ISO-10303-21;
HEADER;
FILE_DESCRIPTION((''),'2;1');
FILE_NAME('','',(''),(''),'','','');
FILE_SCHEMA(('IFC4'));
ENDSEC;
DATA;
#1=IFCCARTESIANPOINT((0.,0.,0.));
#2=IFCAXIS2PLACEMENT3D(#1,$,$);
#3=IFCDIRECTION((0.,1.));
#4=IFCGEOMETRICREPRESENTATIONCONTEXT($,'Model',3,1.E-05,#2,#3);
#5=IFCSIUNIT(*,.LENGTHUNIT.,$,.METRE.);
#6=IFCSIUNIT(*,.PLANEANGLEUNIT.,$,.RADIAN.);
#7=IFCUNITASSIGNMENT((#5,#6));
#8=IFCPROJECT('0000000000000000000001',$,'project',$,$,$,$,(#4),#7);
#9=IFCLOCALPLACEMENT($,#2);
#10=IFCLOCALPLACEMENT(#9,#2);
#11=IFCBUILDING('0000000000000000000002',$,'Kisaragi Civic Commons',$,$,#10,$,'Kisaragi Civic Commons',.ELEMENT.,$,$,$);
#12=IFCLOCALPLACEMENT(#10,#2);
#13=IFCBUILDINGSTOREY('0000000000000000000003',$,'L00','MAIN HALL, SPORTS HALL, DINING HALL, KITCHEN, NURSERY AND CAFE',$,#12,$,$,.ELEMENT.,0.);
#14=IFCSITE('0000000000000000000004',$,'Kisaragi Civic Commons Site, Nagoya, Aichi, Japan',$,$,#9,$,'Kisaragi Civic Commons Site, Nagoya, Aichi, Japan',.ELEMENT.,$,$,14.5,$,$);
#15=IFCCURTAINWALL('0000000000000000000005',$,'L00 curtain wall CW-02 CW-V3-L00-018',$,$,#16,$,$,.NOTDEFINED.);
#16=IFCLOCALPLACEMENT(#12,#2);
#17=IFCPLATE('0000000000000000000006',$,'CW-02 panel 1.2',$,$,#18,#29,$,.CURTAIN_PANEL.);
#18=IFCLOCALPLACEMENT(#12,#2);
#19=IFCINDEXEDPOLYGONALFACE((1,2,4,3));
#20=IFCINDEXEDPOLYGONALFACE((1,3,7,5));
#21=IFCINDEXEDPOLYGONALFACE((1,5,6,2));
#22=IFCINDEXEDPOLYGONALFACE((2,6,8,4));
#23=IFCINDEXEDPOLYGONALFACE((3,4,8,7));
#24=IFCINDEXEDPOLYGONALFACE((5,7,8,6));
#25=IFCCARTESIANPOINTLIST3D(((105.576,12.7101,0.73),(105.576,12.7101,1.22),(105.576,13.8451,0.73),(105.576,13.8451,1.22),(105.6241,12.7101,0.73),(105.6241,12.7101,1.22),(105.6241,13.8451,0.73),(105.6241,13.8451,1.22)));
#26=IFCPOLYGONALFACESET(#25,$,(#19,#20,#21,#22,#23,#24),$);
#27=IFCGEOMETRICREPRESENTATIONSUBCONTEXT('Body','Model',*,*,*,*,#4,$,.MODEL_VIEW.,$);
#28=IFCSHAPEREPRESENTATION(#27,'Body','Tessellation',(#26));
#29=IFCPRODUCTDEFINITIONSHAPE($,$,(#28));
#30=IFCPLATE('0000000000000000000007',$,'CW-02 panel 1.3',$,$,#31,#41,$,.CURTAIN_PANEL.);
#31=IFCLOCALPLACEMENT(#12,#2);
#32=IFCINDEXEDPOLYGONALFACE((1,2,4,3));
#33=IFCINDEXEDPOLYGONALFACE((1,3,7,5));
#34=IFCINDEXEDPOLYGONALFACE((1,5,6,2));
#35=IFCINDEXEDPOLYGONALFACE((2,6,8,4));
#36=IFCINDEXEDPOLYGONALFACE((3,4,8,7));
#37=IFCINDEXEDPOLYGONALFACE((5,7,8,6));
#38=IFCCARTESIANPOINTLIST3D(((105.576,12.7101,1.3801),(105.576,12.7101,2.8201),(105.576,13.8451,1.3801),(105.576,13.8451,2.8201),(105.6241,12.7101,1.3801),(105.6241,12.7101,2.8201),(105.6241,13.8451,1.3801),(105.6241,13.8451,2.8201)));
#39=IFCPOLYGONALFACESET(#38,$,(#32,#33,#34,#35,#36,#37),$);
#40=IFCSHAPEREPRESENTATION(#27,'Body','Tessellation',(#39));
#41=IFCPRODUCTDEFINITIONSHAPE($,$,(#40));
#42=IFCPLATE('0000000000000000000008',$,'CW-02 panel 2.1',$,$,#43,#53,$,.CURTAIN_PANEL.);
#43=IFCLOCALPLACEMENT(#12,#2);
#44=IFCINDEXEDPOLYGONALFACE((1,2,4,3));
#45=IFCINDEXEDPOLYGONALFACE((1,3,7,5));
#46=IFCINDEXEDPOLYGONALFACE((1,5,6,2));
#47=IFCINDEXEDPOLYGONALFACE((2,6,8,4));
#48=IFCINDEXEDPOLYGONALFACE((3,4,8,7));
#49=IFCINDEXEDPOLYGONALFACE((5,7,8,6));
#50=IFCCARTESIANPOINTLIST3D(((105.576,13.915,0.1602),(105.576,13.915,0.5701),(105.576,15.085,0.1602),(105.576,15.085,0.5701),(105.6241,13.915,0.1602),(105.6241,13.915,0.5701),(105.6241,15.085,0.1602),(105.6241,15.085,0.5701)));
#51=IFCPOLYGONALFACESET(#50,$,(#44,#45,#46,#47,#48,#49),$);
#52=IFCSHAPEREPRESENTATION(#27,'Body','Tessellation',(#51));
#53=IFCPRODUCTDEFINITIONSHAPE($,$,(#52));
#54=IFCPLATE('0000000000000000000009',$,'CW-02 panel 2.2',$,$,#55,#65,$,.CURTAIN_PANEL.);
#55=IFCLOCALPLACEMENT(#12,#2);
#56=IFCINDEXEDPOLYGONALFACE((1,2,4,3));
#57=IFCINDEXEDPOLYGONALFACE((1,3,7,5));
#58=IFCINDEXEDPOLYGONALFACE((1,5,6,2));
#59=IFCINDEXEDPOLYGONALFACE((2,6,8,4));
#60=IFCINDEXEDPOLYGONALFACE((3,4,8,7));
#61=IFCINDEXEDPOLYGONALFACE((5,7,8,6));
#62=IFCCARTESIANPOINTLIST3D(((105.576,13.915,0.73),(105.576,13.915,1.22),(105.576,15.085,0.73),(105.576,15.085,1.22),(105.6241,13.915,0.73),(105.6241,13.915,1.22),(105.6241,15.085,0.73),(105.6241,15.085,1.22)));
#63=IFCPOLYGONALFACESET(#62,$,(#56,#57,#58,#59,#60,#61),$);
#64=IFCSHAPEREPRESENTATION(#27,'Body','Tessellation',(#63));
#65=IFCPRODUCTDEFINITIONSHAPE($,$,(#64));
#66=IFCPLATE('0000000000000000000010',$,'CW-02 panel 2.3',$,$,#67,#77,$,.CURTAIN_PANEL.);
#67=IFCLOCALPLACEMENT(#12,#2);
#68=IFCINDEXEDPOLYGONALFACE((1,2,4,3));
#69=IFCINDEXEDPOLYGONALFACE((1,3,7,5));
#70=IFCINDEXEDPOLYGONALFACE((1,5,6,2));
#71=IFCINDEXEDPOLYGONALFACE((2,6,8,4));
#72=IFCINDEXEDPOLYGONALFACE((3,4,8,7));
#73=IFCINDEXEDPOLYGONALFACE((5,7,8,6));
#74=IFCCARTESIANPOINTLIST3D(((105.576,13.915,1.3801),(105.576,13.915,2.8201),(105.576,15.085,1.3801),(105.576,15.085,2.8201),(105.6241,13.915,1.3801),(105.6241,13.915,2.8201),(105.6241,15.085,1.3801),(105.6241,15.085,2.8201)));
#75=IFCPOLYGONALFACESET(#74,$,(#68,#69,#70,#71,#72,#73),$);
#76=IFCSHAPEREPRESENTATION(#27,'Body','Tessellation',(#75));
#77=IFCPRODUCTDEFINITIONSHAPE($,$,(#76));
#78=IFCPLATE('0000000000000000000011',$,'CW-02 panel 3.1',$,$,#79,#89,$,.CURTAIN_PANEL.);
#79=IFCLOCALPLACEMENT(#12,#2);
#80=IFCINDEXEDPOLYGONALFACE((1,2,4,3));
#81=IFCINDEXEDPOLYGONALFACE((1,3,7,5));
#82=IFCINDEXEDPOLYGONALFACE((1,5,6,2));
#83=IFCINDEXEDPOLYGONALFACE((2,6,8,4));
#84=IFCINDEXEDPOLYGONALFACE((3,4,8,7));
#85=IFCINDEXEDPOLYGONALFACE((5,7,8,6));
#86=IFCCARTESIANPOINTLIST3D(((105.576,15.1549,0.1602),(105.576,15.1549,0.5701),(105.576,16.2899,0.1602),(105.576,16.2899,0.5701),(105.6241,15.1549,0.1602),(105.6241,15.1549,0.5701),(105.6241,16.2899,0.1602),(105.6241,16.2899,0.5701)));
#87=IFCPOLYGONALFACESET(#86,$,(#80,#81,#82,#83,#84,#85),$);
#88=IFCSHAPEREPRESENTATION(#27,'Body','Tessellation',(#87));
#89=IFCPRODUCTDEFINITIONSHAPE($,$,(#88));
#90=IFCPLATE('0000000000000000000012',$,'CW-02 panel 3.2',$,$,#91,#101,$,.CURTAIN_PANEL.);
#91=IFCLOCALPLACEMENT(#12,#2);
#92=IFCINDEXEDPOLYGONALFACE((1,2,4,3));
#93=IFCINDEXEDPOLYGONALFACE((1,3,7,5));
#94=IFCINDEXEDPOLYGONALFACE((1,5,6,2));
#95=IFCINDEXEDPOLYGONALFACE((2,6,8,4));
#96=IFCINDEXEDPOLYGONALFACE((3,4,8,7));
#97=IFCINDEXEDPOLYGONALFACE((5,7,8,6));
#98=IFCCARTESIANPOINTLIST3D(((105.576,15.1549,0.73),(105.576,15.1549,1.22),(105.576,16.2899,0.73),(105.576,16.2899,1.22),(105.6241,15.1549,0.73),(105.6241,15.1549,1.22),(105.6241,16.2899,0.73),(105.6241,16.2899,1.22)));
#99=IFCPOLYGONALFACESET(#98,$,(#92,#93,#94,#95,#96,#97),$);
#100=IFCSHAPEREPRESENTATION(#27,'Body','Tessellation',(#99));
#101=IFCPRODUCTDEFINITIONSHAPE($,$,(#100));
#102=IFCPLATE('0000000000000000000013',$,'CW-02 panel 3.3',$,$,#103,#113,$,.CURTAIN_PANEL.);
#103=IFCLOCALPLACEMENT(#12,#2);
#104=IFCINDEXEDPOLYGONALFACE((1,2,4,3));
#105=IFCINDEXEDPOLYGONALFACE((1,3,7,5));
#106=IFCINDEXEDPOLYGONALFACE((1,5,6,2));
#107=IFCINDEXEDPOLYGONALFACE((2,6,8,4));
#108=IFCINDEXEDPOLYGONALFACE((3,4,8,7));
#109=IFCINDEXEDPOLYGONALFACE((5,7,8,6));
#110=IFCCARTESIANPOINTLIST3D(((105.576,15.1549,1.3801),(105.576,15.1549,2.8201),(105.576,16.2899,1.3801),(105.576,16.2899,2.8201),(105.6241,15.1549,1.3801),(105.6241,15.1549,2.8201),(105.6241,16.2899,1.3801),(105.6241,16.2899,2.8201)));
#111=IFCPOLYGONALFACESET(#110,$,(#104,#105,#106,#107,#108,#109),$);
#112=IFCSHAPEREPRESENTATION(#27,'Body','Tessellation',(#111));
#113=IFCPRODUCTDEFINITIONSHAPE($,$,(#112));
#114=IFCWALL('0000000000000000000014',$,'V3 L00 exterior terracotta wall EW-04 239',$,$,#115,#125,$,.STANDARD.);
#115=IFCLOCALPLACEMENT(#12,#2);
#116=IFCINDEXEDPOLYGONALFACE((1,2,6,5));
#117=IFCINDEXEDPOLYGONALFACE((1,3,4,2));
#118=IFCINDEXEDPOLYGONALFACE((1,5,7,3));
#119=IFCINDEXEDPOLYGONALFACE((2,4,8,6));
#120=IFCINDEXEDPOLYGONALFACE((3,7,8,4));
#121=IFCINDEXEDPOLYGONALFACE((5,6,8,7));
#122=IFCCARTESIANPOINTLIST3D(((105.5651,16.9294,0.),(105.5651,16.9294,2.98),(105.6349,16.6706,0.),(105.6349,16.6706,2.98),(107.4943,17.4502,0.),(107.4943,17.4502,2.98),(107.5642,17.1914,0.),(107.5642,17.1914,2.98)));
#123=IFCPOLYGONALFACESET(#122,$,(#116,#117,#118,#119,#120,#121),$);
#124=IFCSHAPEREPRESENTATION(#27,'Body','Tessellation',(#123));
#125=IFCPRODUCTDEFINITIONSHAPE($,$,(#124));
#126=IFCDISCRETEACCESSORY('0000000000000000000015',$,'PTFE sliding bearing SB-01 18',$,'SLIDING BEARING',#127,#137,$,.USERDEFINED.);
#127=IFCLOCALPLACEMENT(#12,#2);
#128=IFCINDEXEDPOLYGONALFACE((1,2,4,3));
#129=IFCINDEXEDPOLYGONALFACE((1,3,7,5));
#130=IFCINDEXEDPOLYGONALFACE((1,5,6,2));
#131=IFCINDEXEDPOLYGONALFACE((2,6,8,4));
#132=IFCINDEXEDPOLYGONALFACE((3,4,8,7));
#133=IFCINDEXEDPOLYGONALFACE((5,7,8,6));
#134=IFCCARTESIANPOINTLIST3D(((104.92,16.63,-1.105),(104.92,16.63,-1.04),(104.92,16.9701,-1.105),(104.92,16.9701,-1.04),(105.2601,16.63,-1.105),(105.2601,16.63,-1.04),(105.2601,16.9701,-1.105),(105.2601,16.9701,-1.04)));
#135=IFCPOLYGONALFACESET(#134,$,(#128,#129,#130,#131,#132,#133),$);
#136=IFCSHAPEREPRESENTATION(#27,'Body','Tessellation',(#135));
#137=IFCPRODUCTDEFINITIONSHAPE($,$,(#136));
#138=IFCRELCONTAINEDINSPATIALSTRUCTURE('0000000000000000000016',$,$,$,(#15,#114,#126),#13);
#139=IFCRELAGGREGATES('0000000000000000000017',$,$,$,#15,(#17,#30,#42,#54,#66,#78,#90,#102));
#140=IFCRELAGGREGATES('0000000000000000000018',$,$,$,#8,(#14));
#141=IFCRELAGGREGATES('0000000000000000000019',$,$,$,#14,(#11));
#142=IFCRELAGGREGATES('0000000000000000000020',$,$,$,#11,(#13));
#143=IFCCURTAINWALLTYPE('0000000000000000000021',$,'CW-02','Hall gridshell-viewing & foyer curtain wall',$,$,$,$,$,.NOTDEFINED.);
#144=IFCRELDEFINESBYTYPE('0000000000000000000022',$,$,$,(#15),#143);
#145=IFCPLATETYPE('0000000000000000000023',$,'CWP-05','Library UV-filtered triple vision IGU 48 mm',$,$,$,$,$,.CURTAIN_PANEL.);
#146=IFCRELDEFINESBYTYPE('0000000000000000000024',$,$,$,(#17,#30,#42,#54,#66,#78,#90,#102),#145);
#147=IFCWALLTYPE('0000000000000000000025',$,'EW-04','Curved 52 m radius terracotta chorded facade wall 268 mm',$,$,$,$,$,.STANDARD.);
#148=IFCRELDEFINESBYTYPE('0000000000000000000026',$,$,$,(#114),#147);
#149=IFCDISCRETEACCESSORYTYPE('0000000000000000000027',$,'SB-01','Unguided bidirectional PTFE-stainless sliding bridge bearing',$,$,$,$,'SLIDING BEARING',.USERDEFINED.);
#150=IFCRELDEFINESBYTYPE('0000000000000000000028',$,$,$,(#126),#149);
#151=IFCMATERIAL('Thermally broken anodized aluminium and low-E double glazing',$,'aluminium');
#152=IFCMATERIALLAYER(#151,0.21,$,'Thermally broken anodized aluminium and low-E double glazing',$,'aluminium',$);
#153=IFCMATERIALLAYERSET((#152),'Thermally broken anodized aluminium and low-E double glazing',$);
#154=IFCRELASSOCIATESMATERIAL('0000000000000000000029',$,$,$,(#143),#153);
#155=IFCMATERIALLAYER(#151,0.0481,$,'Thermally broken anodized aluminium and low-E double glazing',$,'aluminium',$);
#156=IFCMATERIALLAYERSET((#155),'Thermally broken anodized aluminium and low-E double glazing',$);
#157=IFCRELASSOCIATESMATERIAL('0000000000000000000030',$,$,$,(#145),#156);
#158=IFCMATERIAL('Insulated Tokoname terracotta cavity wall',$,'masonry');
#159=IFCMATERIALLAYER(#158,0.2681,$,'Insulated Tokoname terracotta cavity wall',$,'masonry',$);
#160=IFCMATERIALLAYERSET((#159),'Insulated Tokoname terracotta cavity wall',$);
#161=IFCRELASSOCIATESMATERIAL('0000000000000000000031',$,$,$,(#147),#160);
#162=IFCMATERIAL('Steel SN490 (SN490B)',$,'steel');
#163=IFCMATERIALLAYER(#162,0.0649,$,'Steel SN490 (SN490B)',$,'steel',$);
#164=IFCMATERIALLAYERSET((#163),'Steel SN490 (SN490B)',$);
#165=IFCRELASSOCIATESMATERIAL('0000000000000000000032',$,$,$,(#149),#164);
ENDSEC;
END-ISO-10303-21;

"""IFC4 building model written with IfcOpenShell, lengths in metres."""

from ifc_helpers import new_model, si_unit, direction, frame, frame_2d, origin, origin_2d, place, context, subcontext, project, spatial, rectangle, extrude, material, layer, layer_set, type_object, element, aggregate, save


model = new_model("IFC4")

# Units and contexts
model_context = context("Model", 3, precision=1e-05, world=origin(), true_north=direction((0.0, 1.0)))
body_context = subcontext(model_context, "Body", "Model", "MODEL_VIEW")
ifc_project = project(units=[si_unit("LENGTHUNIT", "METRE"), si_unit("PLANEANGLEUNIT", "RADIAN")], contexts=[model_context])

# Site, building, storey
site_placement = place(None, origin())
site = spatial("IfcSite", under=ifc_project, at=site_placement, Name="Kisaragi Civic Commons Site, Nagoya, Aichi, Japan", LongName="Kisaragi Civic Commons Site, Nagoya, Aichi, Japan", CompositionType="ELEMENT", RefElevation=14.5)
building_placement = place(site_placement, origin())
building = spatial("IfcBuilding", under=site, at=building_placement, Name="Kisaragi Civic Commons", LongName="Kisaragi Civic Commons", CompositionType="ELEMENT")
storey_placement = place(building_placement, origin())
storey = spatial("IfcBuildingStorey", under=building, at=storey_placement, Name="L00", Description="MAIN HALL, SPORTS HALL, DINING HALL, KITCHEN, NURSERY AND CAFE", CompositionType="ELEMENT", Elevation=0.0)

# Curtain wall
ifc_material_1 = material(Name="Thermally broken anodized aluminium and low-E double glazing", Category="aluminium")
ifc_layer_1 = layer(ifc_material_1, 0.21, Name="Thermally broken anodized aluminium and low-E double glazing", Category="aluminium")
ifc_layer_set_1 = layer_set([ifc_layer_1], Name="Thermally broken anodized aluminium and low-E double glazing")
curtain_wall_type = type_object("IfcCurtainWallType", Name="CW-02", Description="Hall gridshell-viewing & foyer curtain wall", PredefinedType="NOTDEFINED", material=ifc_layer_set_1)
curtain_wall_placement = place(storey_placement, origin())
curtain_wall = element("IfcCurtainWall", 1, at=curtain_wall_placement, inside=storey, type_object=curtain_wall_type, Name="L00 curtain wall CW-02 CW-V3-L00-018", PredefinedType="NOTDEFINED")

# Shared definitions
ifc_material_2 = material(Name="Steel SN490 (SN490B)", Category="steel")

# Plates
ifc_layer_2 = layer(ifc_material_1, 0.0481, Name="Thermally broken anodized aluminium and low-E double glazing", Category="aluminium")
ifc_layer_set_2 = layer_set([ifc_layer_2], Name="Thermally broken anodized aluminium and low-E double glazing")
plate_type_1 = type_object("IfcPlateType", Name="CWP-05", Description="Library UV-filtered triple vision IGU 48 mm", PredefinedType="CURTAIN_PANEL", material=ifc_layer_set_2)
plate_1_placement = place(storey_placement, frame((105.6001, 13.2776, 0.73), z_axis=(0.0, 0.0, 1.0), x_axis=(0.0, 1.0, 0.0)))
plate_1 = element("IfcPlate", 2, at=plate_1_placement, type_object=plate_type_1, Name="CW-02 panel 1.2", PredefinedType="CURTAIN_PANEL", context=body_context, shape_type="SweptSolid", body=[
    extrude(rectangle(XDim=1.135, YDim=0.0481, at=origin_2d()), origin(), (0.0, 0.0, 1.0), 0.49),
])
plate_2_placement = place(storey_placement, frame((105.6001, 13.2776, 1.3801), z_axis=(0.0, 0.0, 1.0), x_axis=(0.0, 1.0, 0.0)))
plate_2 = element("IfcPlate", 3, at=plate_2_placement, type_object=plate_type_1, Name="CW-02 panel 1.3", PredefinedType="CURTAIN_PANEL", context=body_context, shape_type="SweptSolid", body=[
    extrude(rectangle(XDim=1.135, YDim=0.0481, at=origin_2d()), origin(), (0.0, 0.0, 1.0), 1.4399),
])
plate_3_placement = place(storey_placement, frame((105.6001, 14.5, 0.1602), z_axis=(0.0, 0.0, 1.0), x_axis=(0.0, 1.0, 0.0)))
plate_3 = element("IfcPlate", 4, at=plate_3_placement, type_object=plate_type_1, Name="CW-02 panel 2.1", PredefinedType="CURTAIN_PANEL", context=body_context, shape_type="SweptSolid", body=[
    extrude(rectangle(XDim=1.1699, YDim=0.0481, at=origin_2d()), origin(), (0.0, 0.0, 1.0), 0.4099),
])
plate_4_placement = place(storey_placement, frame((105.6001, 14.5, 0.73), z_axis=(0.0, 0.0, 1.0), x_axis=(0.0, 1.0, 0.0)))
plate_4 = element("IfcPlate", 5, at=plate_4_placement, type_object=plate_type_1, Name="CW-02 panel 2.2", PredefinedType="CURTAIN_PANEL", context=body_context, shape_type="SweptSolid", body=[
    extrude(rectangle(XDim=1.1699, YDim=0.0481, at=origin_2d()), origin(), (0.0, 0.0, 1.0), 0.49),
])
plate_5_placement = place(storey_placement, frame((105.6001, 14.5, 1.3801), z_axis=(0.0, 0.0, 1.0), x_axis=(0.0, 1.0, 0.0)))
plate_5 = element("IfcPlate", 6, at=plate_5_placement, type_object=plate_type_1, Name="CW-02 panel 2.3", PredefinedType="CURTAIN_PANEL", context=body_context, shape_type="SweptSolid", body=[
    extrude(rectangle(XDim=1.1699, YDim=0.0481, at=origin_2d()), origin(), (0.0, 0.0, 1.0), 1.4399),
])
plate_6_placement = place(storey_placement, frame((105.6001, 15.7224, 0.1602), z_axis=(0.0, 0.0, 1.0), x_axis=(0.0, 1.0, 0.0)))
plate_6 = element("IfcPlate", 7, at=plate_6_placement, type_object=plate_type_1, Name="CW-02 panel 3.1", PredefinedType="CURTAIN_PANEL", context=body_context, shape_type="SweptSolid", body=[
    extrude(rectangle(XDim=1.135, YDim=0.0481, at=origin_2d()), origin(), (0.0, 0.0, 1.0), 0.4099),
])
plate_7_placement = place(storey_placement, frame((105.6001, 15.7224, 0.73), z_axis=(0.0, 0.0, 1.0), x_axis=(0.0, 1.0, 0.0)))
plate_7 = element("IfcPlate", 8, at=plate_7_placement, type_object=plate_type_1, Name="CW-02 panel 3.2", PredefinedType="CURTAIN_PANEL", context=body_context, shape_type="SweptSolid", body=[
    extrude(rectangle(XDim=1.135, YDim=0.0481, at=origin_2d()), origin(), (0.0, 0.0, 1.0), 0.49),
])
plate_8_placement = place(storey_placement, frame((105.6001, 15.7224, 1.3801), z_axis=(0.0, 0.0, 1.0), x_axis=(0.0, 1.0, 0.0)))
plate_8 = element("IfcPlate", 9, at=plate_8_placement, type_object=plate_type_1, Name="CW-02 panel 3.3", PredefinedType="CURTAIN_PANEL", context=body_context, shape_type="SweptSolid", body=[
    extrude(rectangle(XDim=1.135, YDim=0.0481, at=origin_2d()), origin(), (0.0, 0.0, 1.0), 1.4399),
])
aggregate(curtain_wall, [plate_1, plate_2, plate_3, plate_4, plate_5, plate_6, plate_7, plate_8])

# Wall
ifc_material_3 = material(Name="Insulated Tokoname terracotta cavity wall", Category="masonry")
ifc_layer_3 = layer(ifc_material_3, 0.2681, Name="Insulated Tokoname terracotta cavity wall", Category="masonry")
ifc_layer_set_3 = layer_set([ifc_layer_3], Name="Insulated Tokoname terracotta cavity wall")
wall_type = type_object("IfcWallType", Name="EW-04", Description="Curved 52 m radius terracotta chorded facade wall 268 mm", PredefinedType="STANDARD", material=ifc_layer_set_3)
wall_placement = place(storey_placement, frame((105.6001, 16.8, 0.0), z_axis=(0.0, 0.0, 1.0), x_axis=(0.965446, 0.260604, 0.0)))
element("IfcWall", 10, at=wall_placement, inside=storey, type_object=wall_type, Name="V3 L00 exterior terracotta wall EW-04 239", PredefinedType="STANDARD", context=body_context, shape_type="SweptSolid", body=[
    extrude(rectangle(XDim=1.9983, YDim=0.2681, at=frame_2d((0.999, 0.0))), origin(), (0.0, 0.0, 1.0), 2.98),
])

# Discrete accessory
ifc_layer_4 = layer(ifc_material_2, 0.0649, Name="Steel SN490 (SN490B)", Category="steel")
ifc_layer_set_4 = layer_set([ifc_layer_4], Name="Steel SN490 (SN490B)")
discrete_accessory_type = type_object("IfcDiscreteAccessoryType", Name="SB-01", Description="Unguided bidirectional PTFE-stainless sliding bridge bearing", ElementType="SLIDING BEARING", PredefinedType="USERDEFINED", material=ifc_layer_set_4)
discrete_accessory_placement = place(storey_placement, frame((105.0901, 16.8, -1.105), z_axis=(0.0, 0.0, 1.0), x_axis=(1.0, 0.0, 0.0)))
element("IfcDiscreteAccessory", 11, at=discrete_accessory_placement, inside=storey, type_object=discrete_accessory_type, Name="PTFE sliding bearing SB-01 18", ObjectType="SLIDING BEARING", PredefinedType="USERDEFINED", context=body_context, shape_type="SweptSolid", body=[
    extrude(rectangle(XDim=0.3401, YDim=0.3401, at=origin_2d()), origin(), (0.0, 0.0, 1.0), 0.0649),
])

save(model, "model.ifc")
